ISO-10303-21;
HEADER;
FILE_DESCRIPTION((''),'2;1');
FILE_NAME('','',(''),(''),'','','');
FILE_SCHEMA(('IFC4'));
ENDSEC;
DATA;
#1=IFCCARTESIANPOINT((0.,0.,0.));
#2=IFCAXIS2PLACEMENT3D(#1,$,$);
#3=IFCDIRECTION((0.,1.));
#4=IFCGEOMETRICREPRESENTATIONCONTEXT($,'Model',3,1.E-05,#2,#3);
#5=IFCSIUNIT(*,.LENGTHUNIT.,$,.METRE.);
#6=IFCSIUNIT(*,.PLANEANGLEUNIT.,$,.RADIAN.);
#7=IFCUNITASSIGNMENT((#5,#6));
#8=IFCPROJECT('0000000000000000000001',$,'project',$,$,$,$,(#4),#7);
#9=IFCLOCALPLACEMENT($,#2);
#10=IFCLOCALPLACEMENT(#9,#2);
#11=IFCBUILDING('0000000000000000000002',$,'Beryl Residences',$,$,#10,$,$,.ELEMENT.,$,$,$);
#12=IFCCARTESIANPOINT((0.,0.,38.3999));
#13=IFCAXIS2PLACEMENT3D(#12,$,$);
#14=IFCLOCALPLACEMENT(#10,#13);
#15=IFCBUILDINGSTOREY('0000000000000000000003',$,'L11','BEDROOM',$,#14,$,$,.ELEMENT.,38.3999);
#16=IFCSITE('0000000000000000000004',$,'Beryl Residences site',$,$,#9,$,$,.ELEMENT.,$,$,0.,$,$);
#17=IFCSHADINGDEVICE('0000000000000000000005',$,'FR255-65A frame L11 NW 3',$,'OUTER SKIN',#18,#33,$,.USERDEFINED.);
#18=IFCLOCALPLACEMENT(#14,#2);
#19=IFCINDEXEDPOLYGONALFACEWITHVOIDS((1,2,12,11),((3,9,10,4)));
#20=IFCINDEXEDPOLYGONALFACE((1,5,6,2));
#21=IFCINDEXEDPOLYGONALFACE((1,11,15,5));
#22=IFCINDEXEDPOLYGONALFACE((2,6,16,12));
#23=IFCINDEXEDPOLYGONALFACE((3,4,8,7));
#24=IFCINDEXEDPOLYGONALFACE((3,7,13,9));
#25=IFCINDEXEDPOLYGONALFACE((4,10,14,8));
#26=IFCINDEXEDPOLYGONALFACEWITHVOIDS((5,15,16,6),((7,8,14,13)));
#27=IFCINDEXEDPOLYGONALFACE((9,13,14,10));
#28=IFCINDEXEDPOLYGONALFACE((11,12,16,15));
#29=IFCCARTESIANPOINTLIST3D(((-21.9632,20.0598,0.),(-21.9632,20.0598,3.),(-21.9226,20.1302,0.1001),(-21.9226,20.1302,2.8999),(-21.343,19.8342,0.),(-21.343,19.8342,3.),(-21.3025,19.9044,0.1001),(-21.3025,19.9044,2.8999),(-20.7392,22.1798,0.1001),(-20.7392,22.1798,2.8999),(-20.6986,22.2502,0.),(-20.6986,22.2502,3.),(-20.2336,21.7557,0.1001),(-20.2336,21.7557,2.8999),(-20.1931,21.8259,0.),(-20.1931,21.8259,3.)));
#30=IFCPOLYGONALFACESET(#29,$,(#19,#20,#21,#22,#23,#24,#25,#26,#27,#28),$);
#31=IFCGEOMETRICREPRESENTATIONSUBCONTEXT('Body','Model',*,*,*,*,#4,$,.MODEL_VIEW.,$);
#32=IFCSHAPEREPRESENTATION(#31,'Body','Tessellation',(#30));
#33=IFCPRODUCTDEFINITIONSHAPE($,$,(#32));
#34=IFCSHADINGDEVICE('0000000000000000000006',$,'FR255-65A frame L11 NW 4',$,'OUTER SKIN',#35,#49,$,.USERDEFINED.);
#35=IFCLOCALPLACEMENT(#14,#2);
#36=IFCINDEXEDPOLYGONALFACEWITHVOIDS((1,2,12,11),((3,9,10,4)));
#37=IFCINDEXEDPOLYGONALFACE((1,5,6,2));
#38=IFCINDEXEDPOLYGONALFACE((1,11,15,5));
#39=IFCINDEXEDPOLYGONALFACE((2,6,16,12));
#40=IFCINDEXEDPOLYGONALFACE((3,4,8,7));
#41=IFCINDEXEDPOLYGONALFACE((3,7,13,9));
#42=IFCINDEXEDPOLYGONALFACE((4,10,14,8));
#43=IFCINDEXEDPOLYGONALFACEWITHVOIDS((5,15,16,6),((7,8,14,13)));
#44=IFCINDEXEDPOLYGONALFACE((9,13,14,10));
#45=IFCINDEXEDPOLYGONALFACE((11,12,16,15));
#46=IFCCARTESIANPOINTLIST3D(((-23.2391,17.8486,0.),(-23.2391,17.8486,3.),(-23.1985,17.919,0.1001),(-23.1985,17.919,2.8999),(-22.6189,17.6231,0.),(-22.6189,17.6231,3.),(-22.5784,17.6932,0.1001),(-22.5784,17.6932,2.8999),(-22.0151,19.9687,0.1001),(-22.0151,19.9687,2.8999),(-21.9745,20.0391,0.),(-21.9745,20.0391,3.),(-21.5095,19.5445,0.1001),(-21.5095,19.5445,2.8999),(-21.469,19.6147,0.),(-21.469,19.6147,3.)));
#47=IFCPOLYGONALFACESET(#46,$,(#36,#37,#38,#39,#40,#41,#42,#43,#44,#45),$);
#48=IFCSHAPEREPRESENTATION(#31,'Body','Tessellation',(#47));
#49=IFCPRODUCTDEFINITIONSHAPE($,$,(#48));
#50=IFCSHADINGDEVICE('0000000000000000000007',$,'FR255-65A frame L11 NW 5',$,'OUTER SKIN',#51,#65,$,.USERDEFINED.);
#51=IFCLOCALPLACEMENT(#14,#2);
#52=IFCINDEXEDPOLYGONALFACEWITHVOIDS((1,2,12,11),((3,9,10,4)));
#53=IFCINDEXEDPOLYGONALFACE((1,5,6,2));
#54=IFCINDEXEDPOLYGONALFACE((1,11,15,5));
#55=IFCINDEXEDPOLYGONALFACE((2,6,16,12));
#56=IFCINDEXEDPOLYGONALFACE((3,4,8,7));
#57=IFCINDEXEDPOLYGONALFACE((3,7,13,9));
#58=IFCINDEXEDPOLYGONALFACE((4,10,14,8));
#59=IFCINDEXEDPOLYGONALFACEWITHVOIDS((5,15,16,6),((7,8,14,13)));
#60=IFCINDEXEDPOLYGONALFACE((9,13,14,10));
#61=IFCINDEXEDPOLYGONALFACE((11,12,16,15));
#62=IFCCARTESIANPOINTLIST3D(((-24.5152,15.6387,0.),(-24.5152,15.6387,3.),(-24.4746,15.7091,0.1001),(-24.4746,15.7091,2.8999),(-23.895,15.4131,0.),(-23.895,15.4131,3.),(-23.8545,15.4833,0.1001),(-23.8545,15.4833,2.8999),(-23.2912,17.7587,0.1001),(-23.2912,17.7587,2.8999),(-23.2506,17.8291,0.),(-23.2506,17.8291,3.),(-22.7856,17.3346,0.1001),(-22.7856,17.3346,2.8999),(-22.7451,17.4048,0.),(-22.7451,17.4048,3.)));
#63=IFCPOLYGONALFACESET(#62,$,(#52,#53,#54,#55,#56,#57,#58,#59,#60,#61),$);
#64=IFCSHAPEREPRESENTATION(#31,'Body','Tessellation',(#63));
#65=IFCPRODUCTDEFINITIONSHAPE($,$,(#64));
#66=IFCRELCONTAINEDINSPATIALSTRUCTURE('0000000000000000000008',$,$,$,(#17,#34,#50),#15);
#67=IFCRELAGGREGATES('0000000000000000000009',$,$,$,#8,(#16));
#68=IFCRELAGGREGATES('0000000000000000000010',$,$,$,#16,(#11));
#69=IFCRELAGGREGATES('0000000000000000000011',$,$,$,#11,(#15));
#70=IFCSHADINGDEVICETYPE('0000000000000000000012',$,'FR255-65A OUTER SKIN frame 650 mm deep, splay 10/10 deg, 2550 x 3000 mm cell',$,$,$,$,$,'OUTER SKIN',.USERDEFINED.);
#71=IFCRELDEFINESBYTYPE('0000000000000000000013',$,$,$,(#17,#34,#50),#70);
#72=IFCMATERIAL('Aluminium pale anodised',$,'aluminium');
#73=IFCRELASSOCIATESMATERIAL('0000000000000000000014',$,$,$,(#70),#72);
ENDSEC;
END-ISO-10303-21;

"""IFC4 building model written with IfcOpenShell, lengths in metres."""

from ifc_helpers import new_model, entity, si_unit, direction, frame, origin, place, context, subcontext, project, spatial, source, transform, mapped, material, type_object, type_shapes, element, save


model = new_model("IFC4")

# Units and contexts
model_context = context("Model", 3, precision=1e-05, world=origin(), true_north=direction((0.0, 1.0)))
body_context = subcontext(model_context, "Body", "Model", "MODEL_VIEW")
ifc_project = project(units=[si_unit("LENGTHUNIT", "METRE"), si_unit("PLANEANGLEUNIT", "RADIAN")], contexts=[model_context])

# Site, building, storey
site_placement = place(None, origin())
site = spatial("IfcSite", under=ifc_project, at=site_placement, Name="Beryl Residences site", CompositionType="ELEMENT", RefElevation=0.0)
building_placement = place(site_placement, origin())
building = spatial("IfcBuilding", under=site, at=building_placement, Name="Beryl Residences", CompositionType="ELEMENT")
storey_placement = place(building_placement, frame((0.0, 0.0, 38.3999)))
storey = spatial("IfcBuildingStorey", under=building, at=storey_placement, Name="L11", Description="BEDROOM", CompositionType="ELEMENT", Elevation=38.3999)

# Shading devices
ifc_material_1 = material(Name="Aluminium pale anodised", Category="aluminium")
shading_device_type = type_object("IfcShadingDeviceType", Name="FR255-65A OUTER SKIN frame 650 mm deep, splay 10/10 deg, 2550 x 3000 mm cell", ElementType="OUTER SKIN", PredefinedType="USERDEFINED", material=ifc_material_1)
cartesian_point_1 = entity("IfcCartesianPoint", [-1.1499, 0.0])
cartesian_point_2 = entity("IfcCartesianPoint", [-1.0688, 0.1001])
cartesian_point_3 = entity("IfcCartesianPoint", [-1.2646, 0.0])
cartesian_point_4 = entity("IfcCartesianPoint", [-1.1833, 0.1001])
shared_shape = source(origin(), body_context, "Body", "SweptSolid", [
    entity("IfcExtrudedAreaSolidTapered", entity("IfcArbitraryProfileDefWithVoids", "AREA", None, entity("IfcPolyline", [cartesian_point_1, entity("IfcCartesianPoint", [1.1499, 0.0]), entity("IfcCartesianPoint", [1.1499, 3.0]), entity("IfcCartesianPoint", [-1.1499, 3.0]), cartesian_point_1]), [entity("IfcPolyline", [cartesian_point_2, entity("IfcCartesianPoint", [1.0688, 0.1001]), entity("IfcCartesianPoint", [1.0688, 2.8999]), entity("IfcCartesianPoint", [-1.0688, 2.8999]), cartesian_point_2])]), entity("IfcAxis2Placement3D", entity("IfcCartesianPoint", [0.0, 0.0, 0.0]), entity("IfcDirection", [0.0, 1.0, 0.0]), entity("IfcDirection", [-1.0, 0.0, 0.0])), entity("IfcDirection", [0.0, 0.0, 1.0]), 0.6499, entity("IfcArbitraryProfileDefWithVoids", "AREA", None, entity("IfcPolyline", [cartesian_point_3, entity("IfcCartesianPoint", [1.2646, 0.0]), entity("IfcCartesianPoint", [1.2646, 3.0]), entity("IfcCartesianPoint", [-1.2646, 3.0]), cartesian_point_3]), [entity("IfcPolyline", [cartesian_point_4, entity("IfcCartesianPoint", [1.1833, 0.1001]), entity("IfcCartesianPoint", [1.1833, 2.8999]), entity("IfcCartesianPoint", [-1.1833, 2.8999]), cartesian_point_4])])),
])
type_shapes(shading_device_type, [shared_shape])
for number, where, z_axis, x_axis, name in (
    (1, (-20.7681, 20.8301, 0.0), (0.0, 0.0, 1.0), (0.5, 0.866025, 0.0), "FR255-65A frame L11 NW 3"),
    (2, (-22.0439, 18.6189, 0.0), (0.0, 0.0, 1.0), (0.5, 0.866025, 0.0), "FR255-65A frame L11 NW 4"),
    (3, (-23.3201, 16.4089, 0.0), (0.0, 0.0, 1.0), (0.5, 0.866025, 0.0), "FR255-65A frame L11 NW 5"),
):
    element("IfcShadingDevice", number, at=place(storey_placement, frame(where, z_axis=z_axis, x_axis=x_axis)), inside=storey, type_object=shading_device_type, Name=name, ObjectType="OUTER SKIN", PredefinedType="USERDEFINED", context=body_context, shape_type="MappedRepresentation", body=[
        mapped(shared_shape, transform((0.0, 0.0, 0.0))),
    ])

save(model, "model.ifc")
